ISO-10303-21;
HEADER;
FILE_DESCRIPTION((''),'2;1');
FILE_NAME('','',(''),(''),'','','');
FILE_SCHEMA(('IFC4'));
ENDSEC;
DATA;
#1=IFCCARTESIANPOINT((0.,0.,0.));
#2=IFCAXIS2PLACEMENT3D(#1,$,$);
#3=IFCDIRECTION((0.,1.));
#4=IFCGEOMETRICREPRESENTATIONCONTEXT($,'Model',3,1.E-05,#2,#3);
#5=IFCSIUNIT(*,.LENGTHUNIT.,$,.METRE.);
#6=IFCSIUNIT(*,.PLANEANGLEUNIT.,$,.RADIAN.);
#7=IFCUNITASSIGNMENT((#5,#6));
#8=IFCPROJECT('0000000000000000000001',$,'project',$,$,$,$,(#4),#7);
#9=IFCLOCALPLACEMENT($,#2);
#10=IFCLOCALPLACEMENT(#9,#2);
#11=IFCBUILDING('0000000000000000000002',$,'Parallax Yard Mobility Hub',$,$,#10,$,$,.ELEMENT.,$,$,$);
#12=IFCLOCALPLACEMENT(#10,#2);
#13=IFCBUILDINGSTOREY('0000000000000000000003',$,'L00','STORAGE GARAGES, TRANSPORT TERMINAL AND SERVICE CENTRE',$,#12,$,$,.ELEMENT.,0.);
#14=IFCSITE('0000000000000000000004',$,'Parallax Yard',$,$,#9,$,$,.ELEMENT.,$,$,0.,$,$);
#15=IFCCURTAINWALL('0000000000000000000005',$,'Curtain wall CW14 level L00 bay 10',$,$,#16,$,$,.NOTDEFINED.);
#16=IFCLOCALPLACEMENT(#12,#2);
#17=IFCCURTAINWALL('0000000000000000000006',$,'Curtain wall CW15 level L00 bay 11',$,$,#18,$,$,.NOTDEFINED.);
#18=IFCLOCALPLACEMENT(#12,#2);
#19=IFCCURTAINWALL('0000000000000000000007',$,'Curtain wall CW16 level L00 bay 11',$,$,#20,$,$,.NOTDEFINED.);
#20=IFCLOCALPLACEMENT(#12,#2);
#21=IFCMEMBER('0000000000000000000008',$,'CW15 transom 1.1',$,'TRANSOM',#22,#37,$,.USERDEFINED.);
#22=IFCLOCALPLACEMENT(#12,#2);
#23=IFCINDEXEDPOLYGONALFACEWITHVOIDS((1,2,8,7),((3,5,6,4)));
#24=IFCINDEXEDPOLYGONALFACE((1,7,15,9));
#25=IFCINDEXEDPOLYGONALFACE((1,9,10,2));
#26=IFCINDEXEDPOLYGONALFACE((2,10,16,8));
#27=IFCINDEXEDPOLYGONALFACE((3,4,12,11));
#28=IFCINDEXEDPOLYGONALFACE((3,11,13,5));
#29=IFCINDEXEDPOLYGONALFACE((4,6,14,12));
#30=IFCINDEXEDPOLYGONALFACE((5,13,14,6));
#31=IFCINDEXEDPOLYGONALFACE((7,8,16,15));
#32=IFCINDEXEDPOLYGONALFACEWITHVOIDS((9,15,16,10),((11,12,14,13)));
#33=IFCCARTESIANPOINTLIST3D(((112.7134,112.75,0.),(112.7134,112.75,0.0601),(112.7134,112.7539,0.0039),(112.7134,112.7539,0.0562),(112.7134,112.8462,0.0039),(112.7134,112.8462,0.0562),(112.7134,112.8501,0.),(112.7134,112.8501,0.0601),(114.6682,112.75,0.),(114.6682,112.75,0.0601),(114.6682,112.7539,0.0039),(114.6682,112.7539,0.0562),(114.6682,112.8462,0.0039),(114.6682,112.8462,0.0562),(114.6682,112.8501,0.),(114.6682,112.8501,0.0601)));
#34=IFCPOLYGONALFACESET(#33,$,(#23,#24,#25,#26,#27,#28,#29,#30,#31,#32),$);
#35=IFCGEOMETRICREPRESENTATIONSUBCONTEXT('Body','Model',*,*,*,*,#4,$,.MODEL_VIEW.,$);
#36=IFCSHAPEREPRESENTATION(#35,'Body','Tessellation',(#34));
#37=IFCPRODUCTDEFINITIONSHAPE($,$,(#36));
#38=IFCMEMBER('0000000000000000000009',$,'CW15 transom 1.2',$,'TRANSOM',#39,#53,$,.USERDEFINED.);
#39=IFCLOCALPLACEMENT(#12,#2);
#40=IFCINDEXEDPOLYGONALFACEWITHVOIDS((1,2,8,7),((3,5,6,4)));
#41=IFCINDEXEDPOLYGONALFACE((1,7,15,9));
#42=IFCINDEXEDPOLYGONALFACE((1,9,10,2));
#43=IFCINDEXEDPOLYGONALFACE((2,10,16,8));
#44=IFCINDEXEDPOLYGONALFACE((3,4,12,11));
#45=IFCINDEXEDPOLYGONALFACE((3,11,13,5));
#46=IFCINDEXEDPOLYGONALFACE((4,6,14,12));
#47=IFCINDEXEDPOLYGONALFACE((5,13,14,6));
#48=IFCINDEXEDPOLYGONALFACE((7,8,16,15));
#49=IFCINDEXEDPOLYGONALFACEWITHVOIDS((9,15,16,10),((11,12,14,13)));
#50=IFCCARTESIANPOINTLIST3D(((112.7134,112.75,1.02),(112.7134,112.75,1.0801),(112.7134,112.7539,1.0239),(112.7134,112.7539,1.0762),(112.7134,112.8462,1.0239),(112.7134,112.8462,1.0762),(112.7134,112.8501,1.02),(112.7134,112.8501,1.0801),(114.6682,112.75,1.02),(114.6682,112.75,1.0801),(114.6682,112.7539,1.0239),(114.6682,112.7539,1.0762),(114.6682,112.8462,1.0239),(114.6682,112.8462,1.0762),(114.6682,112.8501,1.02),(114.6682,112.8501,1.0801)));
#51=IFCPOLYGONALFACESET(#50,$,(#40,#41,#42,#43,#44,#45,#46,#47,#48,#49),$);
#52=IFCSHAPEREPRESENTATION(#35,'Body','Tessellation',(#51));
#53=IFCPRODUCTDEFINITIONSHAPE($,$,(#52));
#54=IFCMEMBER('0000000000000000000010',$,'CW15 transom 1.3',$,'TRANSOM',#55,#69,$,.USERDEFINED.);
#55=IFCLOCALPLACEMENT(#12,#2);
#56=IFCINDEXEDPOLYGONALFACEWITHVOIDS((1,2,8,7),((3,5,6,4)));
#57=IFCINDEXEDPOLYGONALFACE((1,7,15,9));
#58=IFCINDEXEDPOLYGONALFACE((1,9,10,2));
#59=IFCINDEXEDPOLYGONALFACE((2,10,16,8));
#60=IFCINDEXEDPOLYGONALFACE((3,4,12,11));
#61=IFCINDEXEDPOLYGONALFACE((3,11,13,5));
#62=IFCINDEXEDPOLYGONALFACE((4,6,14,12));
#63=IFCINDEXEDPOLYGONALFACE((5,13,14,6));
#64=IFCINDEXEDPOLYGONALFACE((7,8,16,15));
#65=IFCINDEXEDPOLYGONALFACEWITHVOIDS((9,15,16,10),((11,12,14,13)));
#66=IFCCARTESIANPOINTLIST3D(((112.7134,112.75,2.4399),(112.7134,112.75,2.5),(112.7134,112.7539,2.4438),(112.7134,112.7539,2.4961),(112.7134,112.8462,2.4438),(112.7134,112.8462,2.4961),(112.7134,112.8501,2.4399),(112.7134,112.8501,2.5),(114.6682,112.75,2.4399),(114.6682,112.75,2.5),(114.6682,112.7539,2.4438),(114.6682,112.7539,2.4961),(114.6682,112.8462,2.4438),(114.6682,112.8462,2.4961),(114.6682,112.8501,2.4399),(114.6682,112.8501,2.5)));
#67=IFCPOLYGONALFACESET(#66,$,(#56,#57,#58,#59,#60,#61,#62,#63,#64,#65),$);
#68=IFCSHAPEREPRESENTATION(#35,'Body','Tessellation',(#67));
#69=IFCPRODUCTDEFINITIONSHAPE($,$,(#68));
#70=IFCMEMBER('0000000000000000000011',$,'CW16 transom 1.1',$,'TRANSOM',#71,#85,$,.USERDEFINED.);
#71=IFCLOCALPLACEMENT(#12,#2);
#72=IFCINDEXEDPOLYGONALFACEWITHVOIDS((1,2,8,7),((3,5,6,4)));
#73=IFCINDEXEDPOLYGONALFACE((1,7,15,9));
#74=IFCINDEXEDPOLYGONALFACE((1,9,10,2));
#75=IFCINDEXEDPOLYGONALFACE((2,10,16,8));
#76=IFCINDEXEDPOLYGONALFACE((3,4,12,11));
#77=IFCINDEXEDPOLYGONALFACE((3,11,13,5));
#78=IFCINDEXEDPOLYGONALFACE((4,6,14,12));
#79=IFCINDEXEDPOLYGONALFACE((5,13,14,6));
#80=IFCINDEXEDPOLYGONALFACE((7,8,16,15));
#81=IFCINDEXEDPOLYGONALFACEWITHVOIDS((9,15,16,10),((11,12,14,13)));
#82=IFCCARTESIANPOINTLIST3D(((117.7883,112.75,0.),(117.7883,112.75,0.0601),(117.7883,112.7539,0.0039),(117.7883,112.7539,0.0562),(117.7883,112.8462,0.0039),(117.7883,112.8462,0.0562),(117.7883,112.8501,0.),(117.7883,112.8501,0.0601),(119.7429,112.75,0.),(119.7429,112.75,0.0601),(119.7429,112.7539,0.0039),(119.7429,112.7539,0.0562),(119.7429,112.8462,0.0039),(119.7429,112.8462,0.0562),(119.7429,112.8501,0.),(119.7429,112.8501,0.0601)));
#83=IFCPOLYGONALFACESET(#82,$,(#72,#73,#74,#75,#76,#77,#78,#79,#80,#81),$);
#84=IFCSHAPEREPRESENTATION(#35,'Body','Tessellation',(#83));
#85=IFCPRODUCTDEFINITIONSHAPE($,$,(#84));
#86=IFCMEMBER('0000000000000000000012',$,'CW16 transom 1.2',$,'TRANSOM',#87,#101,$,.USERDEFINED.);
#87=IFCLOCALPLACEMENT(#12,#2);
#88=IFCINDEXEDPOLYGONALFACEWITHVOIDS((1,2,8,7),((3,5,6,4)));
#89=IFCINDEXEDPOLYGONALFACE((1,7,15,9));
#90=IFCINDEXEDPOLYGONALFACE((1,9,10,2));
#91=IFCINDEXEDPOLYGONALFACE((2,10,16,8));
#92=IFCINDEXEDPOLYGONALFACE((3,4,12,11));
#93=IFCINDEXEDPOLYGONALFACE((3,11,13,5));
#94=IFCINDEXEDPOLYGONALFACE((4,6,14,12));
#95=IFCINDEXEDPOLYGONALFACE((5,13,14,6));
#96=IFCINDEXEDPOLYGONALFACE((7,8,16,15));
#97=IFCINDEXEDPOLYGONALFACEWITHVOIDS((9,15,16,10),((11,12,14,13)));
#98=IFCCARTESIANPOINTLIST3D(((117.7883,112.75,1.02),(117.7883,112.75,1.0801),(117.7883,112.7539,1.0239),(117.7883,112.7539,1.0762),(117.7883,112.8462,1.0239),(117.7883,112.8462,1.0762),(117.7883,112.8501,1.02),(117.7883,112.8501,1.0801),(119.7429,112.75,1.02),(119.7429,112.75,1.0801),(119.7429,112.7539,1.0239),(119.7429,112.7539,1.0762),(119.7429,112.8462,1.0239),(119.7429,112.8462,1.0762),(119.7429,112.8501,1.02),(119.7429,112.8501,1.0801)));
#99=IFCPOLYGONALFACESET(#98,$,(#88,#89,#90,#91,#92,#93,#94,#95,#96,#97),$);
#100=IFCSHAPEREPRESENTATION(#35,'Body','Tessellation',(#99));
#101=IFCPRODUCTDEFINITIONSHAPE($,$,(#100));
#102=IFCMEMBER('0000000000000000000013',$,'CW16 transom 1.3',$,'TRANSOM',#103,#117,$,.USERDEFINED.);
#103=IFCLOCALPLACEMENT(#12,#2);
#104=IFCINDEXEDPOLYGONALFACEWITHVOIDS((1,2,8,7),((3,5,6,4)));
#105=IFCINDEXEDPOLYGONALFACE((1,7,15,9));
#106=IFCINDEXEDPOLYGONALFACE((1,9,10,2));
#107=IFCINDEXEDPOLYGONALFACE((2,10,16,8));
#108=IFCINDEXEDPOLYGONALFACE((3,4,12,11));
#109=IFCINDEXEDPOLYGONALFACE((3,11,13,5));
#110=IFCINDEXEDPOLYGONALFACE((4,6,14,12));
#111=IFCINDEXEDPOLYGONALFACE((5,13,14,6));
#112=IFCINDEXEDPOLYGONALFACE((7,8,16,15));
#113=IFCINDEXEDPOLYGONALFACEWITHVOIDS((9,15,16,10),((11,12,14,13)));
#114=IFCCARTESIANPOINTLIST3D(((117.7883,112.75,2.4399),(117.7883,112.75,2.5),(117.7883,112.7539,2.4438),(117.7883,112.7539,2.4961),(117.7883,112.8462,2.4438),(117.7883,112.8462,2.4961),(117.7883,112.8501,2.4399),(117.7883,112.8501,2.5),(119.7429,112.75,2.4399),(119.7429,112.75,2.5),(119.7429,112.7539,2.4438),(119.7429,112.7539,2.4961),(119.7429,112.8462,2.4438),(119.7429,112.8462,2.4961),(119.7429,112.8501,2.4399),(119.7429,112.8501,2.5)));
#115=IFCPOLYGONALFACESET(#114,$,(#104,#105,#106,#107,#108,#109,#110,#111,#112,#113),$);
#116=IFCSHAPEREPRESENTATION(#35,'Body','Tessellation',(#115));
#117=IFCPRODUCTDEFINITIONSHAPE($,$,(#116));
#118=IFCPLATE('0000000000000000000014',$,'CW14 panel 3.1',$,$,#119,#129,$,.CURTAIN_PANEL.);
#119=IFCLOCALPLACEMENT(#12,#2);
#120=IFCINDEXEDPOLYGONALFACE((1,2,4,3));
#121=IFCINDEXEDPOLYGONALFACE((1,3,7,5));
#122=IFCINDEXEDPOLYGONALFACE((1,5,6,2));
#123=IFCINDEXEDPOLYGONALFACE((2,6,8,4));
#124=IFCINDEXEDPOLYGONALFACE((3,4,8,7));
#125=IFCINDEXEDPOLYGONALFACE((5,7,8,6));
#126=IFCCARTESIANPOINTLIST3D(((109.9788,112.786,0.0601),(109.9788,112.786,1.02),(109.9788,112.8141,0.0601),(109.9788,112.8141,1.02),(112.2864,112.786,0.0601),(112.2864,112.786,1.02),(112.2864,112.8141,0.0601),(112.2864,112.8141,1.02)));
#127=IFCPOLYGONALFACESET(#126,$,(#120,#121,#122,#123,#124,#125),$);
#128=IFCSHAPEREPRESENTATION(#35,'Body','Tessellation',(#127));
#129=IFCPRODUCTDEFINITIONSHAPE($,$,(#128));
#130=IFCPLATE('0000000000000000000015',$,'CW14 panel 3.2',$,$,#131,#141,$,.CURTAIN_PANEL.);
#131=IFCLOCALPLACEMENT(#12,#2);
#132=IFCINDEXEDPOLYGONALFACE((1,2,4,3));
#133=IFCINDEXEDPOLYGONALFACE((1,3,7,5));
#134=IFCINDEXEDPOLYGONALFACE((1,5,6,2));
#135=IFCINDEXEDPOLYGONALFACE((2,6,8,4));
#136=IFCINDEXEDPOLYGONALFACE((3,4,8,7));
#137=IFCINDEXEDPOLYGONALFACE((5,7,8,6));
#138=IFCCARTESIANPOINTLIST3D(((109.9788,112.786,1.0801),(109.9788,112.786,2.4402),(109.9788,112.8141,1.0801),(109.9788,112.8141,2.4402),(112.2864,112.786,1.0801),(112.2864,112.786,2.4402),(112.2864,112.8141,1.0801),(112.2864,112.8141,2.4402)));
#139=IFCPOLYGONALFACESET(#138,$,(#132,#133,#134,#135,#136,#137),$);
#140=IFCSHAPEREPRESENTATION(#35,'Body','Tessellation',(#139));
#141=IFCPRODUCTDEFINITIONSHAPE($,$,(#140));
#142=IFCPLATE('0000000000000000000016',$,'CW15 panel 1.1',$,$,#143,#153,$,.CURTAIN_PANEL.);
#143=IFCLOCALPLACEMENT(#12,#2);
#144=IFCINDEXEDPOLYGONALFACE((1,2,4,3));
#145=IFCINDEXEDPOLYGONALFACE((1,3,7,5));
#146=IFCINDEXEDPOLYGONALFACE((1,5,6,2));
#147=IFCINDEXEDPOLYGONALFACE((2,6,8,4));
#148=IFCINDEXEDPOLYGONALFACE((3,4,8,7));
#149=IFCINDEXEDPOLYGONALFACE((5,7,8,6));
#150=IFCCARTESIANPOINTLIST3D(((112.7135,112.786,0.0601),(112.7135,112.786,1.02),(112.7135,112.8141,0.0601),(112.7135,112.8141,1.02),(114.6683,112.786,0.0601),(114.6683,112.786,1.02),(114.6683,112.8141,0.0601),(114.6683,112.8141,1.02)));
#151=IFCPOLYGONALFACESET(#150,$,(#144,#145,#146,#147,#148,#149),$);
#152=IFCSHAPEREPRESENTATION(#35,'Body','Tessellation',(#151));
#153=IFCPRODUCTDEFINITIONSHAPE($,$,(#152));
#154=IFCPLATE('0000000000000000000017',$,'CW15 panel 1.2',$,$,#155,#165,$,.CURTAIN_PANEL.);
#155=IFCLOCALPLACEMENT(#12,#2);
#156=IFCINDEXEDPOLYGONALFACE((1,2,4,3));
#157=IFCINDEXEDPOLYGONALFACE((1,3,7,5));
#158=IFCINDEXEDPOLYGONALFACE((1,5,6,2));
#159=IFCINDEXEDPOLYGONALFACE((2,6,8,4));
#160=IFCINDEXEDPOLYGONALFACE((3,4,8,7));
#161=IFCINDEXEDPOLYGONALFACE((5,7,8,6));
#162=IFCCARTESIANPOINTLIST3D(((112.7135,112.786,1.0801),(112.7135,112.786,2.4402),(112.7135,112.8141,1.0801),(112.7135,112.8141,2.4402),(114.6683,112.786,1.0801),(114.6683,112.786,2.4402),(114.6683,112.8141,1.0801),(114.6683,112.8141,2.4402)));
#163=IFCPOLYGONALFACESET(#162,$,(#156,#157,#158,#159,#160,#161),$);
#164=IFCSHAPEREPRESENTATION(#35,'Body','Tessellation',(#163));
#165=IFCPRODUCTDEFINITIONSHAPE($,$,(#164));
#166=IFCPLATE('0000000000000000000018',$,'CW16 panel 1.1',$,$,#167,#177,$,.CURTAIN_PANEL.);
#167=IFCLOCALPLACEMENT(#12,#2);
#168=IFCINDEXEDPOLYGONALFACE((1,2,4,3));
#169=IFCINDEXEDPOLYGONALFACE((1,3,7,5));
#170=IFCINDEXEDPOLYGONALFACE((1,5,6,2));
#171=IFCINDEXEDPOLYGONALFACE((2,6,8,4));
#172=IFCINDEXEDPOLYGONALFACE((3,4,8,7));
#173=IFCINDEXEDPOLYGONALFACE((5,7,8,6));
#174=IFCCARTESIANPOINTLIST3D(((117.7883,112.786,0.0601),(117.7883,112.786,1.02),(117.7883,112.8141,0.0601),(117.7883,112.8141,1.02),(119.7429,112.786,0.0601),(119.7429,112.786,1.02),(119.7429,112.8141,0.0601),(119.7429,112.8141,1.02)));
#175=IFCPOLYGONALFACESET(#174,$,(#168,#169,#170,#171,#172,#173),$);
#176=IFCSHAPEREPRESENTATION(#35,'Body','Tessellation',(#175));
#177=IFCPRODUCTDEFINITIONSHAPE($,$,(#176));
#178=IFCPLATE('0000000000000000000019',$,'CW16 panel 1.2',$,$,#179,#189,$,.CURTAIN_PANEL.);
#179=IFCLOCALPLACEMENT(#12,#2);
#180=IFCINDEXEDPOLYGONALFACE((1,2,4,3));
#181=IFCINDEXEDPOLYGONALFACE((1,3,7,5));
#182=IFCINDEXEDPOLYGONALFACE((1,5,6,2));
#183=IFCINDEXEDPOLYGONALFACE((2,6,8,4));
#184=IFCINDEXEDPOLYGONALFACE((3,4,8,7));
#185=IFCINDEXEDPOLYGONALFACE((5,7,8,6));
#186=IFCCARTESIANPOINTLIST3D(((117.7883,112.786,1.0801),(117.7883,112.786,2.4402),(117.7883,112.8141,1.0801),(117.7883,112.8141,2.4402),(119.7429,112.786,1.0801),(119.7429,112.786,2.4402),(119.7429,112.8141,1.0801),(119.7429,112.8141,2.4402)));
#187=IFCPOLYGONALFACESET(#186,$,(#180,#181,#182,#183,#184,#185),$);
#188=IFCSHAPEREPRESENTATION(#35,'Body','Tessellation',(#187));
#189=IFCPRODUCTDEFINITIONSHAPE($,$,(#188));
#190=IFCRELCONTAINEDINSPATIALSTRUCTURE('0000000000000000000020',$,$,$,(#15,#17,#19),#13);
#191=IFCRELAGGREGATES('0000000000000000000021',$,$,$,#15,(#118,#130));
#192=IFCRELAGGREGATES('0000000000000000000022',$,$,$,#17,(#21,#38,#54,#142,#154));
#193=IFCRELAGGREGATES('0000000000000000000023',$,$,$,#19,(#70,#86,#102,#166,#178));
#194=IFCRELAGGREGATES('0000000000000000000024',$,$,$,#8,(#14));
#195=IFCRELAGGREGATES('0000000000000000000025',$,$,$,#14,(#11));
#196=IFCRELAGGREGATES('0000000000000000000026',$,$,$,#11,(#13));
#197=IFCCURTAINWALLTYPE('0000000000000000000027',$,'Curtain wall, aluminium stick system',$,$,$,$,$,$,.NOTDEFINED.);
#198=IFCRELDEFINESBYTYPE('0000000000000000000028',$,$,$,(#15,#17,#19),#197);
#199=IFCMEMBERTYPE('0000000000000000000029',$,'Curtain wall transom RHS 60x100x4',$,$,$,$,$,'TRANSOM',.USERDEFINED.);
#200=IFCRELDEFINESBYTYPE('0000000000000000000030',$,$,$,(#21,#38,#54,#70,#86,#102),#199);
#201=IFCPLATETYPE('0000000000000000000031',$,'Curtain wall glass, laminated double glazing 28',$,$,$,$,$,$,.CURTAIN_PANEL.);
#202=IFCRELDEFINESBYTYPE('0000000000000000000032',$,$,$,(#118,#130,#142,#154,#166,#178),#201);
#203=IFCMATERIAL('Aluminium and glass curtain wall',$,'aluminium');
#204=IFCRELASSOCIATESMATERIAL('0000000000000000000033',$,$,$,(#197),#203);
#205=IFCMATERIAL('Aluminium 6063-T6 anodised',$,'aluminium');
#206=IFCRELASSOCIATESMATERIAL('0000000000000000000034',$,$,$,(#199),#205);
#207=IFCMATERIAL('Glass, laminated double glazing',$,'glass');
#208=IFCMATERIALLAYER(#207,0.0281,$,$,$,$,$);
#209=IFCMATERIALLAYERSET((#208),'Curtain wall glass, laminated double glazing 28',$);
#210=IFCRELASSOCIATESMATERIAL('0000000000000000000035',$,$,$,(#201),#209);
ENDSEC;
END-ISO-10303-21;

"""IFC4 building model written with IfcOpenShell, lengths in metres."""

from ifc_helpers import new_model, si_unit, direction, frame, origin, origin_2d, place, context, subcontext, project, spatial, rectangle, hollow_rectangle, extrude, material, layer, layer_set, material_profile, profile_set, type_object, element, aggregate, save


model = new_model("IFC4")

# Units and contexts
model_context = context("Model", 3, precision=1e-05, world=origin(), true_north=direction((0.0, 1.0)))
body_context = subcontext(model_context, "Body", "Model", "MODEL_VIEW")
ifc_project = project(units=[si_unit("LENGTHUNIT", "METRE"), si_unit("PLANEANGLEUNIT", "RADIAN")], contexts=[model_context])

# Site, building, storey
site_placement = place(None, origin())
site = spatial("IfcSite", under=ifc_project, at=site_placement, Name="Parallax Yard", CompositionType="ELEMENT", RefElevation=0.0)
building_placement = place(site_placement, origin())
building = spatial("IfcBuilding", under=site, at=building_placement, Name="Parallax Yard Mobility Hub", CompositionType="ELEMENT")
storey_placement = place(building_placement, origin())
storey = spatial("IfcBuildingStorey", under=building, at=storey_placement, Name="L00", Description="STORAGE GARAGES, TRANSPORT TERMINAL AND SERVICE CENTRE", CompositionType="ELEMENT", Elevation=0.0)

# Curtain wall
ifc_material_1 = material(Name="Aluminium and glass curtain wall", Category="aluminium")
curtain_wall_type = type_object("IfcCurtainWallType", Name="Curtain wall, aluminium stick system", PredefinedType="NOTDEFINED", material=ifc_material_1)
curtain_wall_1_placement = place(storey_placement, origin())
curtain_wall_1 = element("IfcCurtainWall", 1, at=curtain_wall_1_placement, inside=storey, type_object=curtain_wall_type, Name="Curtain wall CW14 level L00 bay 10", PredefinedType="NOTDEFINED")
ifc_material_2 = material(Name="Aluminium 6063-T6 anodised", Category="aluminium")

# Curtain walls
curtain_wall_2_placement = place(storey_placement, origin())
curtain_wall_2 = element("IfcCurtainWall", 2, at=curtain_wall_2_placement, inside=storey, type_object=curtain_wall_type, Name="Curtain wall CW15 level L00 bay 11", PredefinedType="NOTDEFINED")
curtain_wall_3_placement = place(storey_placement, origin())
curtain_wall_3 = element("IfcCurtainWall", 3, at=curtain_wall_3_placement, inside=storey, type_object=curtain_wall_type, Name="Curtain wall CW16 level L00 bay 11", PredefinedType="NOTDEFINED")

# Members
ifc_material_profile_1 = material_profile(ifc_material_2, hollow_rectangle(XDim=0.1001, YDim=0.0601, WallThickness=0.0039, at=origin_2d()), Name="RHS 60x100x4")
ifc_profile_set_1 = profile_set([ifc_material_profile_1], Name="Aluminium 6063-T6 anodised")
member_type_1 = type_object("IfcMemberType", Name="Curtain wall transom RHS 60x100x4", ElementType="TRANSOM", PredefinedType="USERDEFINED", material=ifc_profile_set_1)
member_1_placement = place(storey_placement, frame((112.7134, 112.8, 0.03), z_axis=(1.0, 0.0, 0.0), x_axis=(0.0, 1.0, 0.0)))
member_1 = element("IfcMember", 4, at=member_1_placement, type_object=member_type_1, Name="CW15 transom 1.1", ObjectType="TRANSOM", PredefinedType="USERDEFINED", context=body_context, shape_type="SweptSolid", body=[
    extrude(hollow_rectangle(XDim=0.1001, YDim=0.0601, WallThickness=0.0039, at=origin_2d()), origin(), (0.0, 0.0, 1.0), 1.9548),
])
member_2_placement = place(storey_placement, frame((112.7134, 112.8, 1.05), z_axis=(1.0, 0.0, 0.0), x_axis=(0.0, 1.0, 0.0)))
member_2 = element("IfcMember", 5, at=member_2_placement, type_object=member_type_1, Name="CW15 transom 1.2", ObjectType="TRANSOM", PredefinedType="USERDEFINED", context=body_context, shape_type="SweptSolid", body=[
    extrude(hollow_rectangle(XDim=0.1001, YDim=0.0601, WallThickness=0.0039, at=origin_2d()), origin(), (0.0, 0.0, 1.0), 1.9548),
])
member_3_placement = place(storey_placement, frame((112.7134, 112.8, 2.47), z_axis=(1.0, 0.0, 0.0), x_axis=(0.0, 1.0, 0.0)))
member_3 = element("IfcMember", 6, at=member_3_placement, type_object=member_type_1, Name="CW15 transom 1.3", ObjectType="TRANSOM", PredefinedType="USERDEFINED", context=body_context, shape_type="SweptSolid", body=[
    extrude(hollow_rectangle(XDim=0.1001, YDim=0.0601, WallThickness=0.0039, at=origin_2d()), origin(), (0.0, 0.0, 1.0), 1.9548),
])
member_4_placement = place(storey_placement, frame((117.7883, 112.8, 0.03), z_axis=(1.0, 0.0, 0.0), x_axis=(0.0, 1.0, 0.0)))
member_4 = element("IfcMember", 7, at=member_4_placement, type_object=member_type_1, Name="CW16 transom 1.1", ObjectType="TRANSOM", PredefinedType="USERDEFINED", context=body_context, shape_type="SweptSolid", body=[
    extrude(hollow_rectangle(XDim=0.1001, YDim=0.0601, WallThickness=0.0039, at=origin_2d()), origin(), (0.0, 0.0, 1.0), 1.9546),
])
member_5_placement = place(storey_placement, frame((117.7883, 112.8, 1.05), z_axis=(1.0, 0.0, 0.0), x_axis=(0.0, 1.0, 0.0)))
member_5 = element("IfcMember", 8, at=member_5_placement, type_object=member_type_1, Name="CW16 transom 1.2", ObjectType="TRANSOM", PredefinedType="USERDEFINED", context=body_context, shape_type="SweptSolid", body=[
    extrude(hollow_rectangle(XDim=0.1001, YDim=0.0601, WallThickness=0.0039, at=origin_2d()), origin(), (0.0, 0.0, 1.0), 1.9546),
])
member_6_placement = place(storey_placement, frame((117.7883, 112.8, 2.47), z_axis=(1.0, 0.0, 0.0), x_axis=(0.0, 1.0, 0.0)))
member_6 = element("IfcMember", 9, at=member_6_placement, type_object=member_type_1, Name="CW16 transom 1.3", ObjectType="TRANSOM", PredefinedType="USERDEFINED", context=body_context, shape_type="SweptSolid", body=[
    extrude(hollow_rectangle(XDim=0.1001, YDim=0.0601, WallThickness=0.0039, at=origin_2d()), origin(), (0.0, 0.0, 1.0), 1.9546),
])

# Plates
ifc_material_3 = material(Name="Glass, laminated double glazing", Category="glass")
ifc_layer_1 = layer(ifc_material_3, 0.0281)
ifc_layer_set_1 = layer_set([ifc_layer_1], Name="Curtain wall glass, laminated double glazing 28")
plate_type = type_object("IfcPlateType", Name="Curtain wall glass, laminated double glazing 28", PredefinedType="CURTAIN_PANEL", material=ifc_layer_set_1)
plate_1_placement = place(storey_placement, frame((111.1326, 112.8, 0.0601), z_axis=(0.0, 0.0, 1.0), x_axis=(1.0, 0.0, 0.0)))
plate_1 = element("IfcPlate", 10, at=plate_1_placement, type_object=plate_type, Name="CW14 panel 3.1", PredefinedType="CURTAIN_PANEL", context=body_context, shape_type="SweptSolid", body=[
    extrude(rectangle(XDim=2.3076, YDim=0.0281, at=origin_2d()), origin(), (0.0, 0.0, 1.0), 0.96),
])
plate_2_placement = place(storey_placement, frame((111.1326, 112.8, 1.0801), z_axis=(0.0, 0.0, 1.0), x_axis=(1.0, 0.0, 0.0)))
plate_2 = element("IfcPlate", 11, at=plate_2_placement, type_object=plate_type, Name="CW14 panel 3.2", PredefinedType="CURTAIN_PANEL", context=body_context, shape_type="SweptSolid", body=[
    extrude(rectangle(XDim=2.3076, YDim=0.0281, at=origin_2d()), origin(), (0.0, 0.0, 1.0), 1.3601),
])
aggregate(curtain_wall_1, [plate_1, plate_2])
plate_3_placement = place(storey_placement, frame((113.6909, 112.8, 0.0601), z_axis=(0.0, 0.0, 1.0), x_axis=(1.0, 0.0, 0.0)))
plate_3 = element("IfcPlate", 12, at=plate_3_placement, type_object=plate_type, Name="CW15 panel 1.1", PredefinedType="CURTAIN_PANEL", context=body_context, shape_type="SweptSolid", body=[
    extrude(rectangle(XDim=1.9548, YDim=0.0281, at=origin_2d()), origin(), (0.0, 0.0, 1.0), 0.96),
])
plate_4_placement = place(storey_placement, frame((113.6909, 112.8, 1.0801), z_axis=(0.0, 0.0, 1.0), x_axis=(1.0, 0.0, 0.0)))
plate_4 = element("IfcPlate", 13, at=plate_4_placement, type_object=plate_type, Name="CW15 panel 1.2", PredefinedType="CURTAIN_PANEL", context=body_context, shape_type="SweptSolid", body=[
    extrude(rectangle(XDim=1.9548, YDim=0.0281, at=origin_2d()), origin(), (0.0, 0.0, 1.0), 1.3601),
])
aggregate(curtain_wall_2, [member_1, member_2, member_3, plate_3, plate_4])
plate_5_placement = place(storey_placement, frame((118.7656, 112.8, 0.0601), z_axis=(0.0, 0.0, 1.0), x_axis=(1.0, 0.0, 0.0)))
plate_5 = element("IfcPlate", 14, at=plate_5_placement, type_object=plate_type, Name="CW16 panel 1.1", PredefinedType="CURTAIN_PANEL", context=body_context, shape_type="SweptSolid", body=[
    extrude(rectangle(XDim=1.9546, YDim=0.0281, at=origin_2d()), origin(), (0.0, 0.0, 1.0), 0.96),
])
plate_6_placement = place(storey_placement, frame((118.7656, 112.8, 1.0801), z_axis=(0.0, 0.0, 1.0), x_axis=(1.0, 0.0, 0.0)))
plate_6 = element("IfcPlate", 15, at=plate_6_placement, type_object=plate_type, Name="CW16 panel 1.2", PredefinedType="CURTAIN_PANEL", context=body_context, shape_type="SweptSolid", body=[
    extrude(rectangle(XDim=1.9546, YDim=0.0281, at=origin_2d()), origin(), (0.0, 0.0, 1.0), 1.3601),
])
aggregate(curtain_wall_3, [member_4, member_5, member_6, plate_5, plate_6])

save(model, "model.ifc")
